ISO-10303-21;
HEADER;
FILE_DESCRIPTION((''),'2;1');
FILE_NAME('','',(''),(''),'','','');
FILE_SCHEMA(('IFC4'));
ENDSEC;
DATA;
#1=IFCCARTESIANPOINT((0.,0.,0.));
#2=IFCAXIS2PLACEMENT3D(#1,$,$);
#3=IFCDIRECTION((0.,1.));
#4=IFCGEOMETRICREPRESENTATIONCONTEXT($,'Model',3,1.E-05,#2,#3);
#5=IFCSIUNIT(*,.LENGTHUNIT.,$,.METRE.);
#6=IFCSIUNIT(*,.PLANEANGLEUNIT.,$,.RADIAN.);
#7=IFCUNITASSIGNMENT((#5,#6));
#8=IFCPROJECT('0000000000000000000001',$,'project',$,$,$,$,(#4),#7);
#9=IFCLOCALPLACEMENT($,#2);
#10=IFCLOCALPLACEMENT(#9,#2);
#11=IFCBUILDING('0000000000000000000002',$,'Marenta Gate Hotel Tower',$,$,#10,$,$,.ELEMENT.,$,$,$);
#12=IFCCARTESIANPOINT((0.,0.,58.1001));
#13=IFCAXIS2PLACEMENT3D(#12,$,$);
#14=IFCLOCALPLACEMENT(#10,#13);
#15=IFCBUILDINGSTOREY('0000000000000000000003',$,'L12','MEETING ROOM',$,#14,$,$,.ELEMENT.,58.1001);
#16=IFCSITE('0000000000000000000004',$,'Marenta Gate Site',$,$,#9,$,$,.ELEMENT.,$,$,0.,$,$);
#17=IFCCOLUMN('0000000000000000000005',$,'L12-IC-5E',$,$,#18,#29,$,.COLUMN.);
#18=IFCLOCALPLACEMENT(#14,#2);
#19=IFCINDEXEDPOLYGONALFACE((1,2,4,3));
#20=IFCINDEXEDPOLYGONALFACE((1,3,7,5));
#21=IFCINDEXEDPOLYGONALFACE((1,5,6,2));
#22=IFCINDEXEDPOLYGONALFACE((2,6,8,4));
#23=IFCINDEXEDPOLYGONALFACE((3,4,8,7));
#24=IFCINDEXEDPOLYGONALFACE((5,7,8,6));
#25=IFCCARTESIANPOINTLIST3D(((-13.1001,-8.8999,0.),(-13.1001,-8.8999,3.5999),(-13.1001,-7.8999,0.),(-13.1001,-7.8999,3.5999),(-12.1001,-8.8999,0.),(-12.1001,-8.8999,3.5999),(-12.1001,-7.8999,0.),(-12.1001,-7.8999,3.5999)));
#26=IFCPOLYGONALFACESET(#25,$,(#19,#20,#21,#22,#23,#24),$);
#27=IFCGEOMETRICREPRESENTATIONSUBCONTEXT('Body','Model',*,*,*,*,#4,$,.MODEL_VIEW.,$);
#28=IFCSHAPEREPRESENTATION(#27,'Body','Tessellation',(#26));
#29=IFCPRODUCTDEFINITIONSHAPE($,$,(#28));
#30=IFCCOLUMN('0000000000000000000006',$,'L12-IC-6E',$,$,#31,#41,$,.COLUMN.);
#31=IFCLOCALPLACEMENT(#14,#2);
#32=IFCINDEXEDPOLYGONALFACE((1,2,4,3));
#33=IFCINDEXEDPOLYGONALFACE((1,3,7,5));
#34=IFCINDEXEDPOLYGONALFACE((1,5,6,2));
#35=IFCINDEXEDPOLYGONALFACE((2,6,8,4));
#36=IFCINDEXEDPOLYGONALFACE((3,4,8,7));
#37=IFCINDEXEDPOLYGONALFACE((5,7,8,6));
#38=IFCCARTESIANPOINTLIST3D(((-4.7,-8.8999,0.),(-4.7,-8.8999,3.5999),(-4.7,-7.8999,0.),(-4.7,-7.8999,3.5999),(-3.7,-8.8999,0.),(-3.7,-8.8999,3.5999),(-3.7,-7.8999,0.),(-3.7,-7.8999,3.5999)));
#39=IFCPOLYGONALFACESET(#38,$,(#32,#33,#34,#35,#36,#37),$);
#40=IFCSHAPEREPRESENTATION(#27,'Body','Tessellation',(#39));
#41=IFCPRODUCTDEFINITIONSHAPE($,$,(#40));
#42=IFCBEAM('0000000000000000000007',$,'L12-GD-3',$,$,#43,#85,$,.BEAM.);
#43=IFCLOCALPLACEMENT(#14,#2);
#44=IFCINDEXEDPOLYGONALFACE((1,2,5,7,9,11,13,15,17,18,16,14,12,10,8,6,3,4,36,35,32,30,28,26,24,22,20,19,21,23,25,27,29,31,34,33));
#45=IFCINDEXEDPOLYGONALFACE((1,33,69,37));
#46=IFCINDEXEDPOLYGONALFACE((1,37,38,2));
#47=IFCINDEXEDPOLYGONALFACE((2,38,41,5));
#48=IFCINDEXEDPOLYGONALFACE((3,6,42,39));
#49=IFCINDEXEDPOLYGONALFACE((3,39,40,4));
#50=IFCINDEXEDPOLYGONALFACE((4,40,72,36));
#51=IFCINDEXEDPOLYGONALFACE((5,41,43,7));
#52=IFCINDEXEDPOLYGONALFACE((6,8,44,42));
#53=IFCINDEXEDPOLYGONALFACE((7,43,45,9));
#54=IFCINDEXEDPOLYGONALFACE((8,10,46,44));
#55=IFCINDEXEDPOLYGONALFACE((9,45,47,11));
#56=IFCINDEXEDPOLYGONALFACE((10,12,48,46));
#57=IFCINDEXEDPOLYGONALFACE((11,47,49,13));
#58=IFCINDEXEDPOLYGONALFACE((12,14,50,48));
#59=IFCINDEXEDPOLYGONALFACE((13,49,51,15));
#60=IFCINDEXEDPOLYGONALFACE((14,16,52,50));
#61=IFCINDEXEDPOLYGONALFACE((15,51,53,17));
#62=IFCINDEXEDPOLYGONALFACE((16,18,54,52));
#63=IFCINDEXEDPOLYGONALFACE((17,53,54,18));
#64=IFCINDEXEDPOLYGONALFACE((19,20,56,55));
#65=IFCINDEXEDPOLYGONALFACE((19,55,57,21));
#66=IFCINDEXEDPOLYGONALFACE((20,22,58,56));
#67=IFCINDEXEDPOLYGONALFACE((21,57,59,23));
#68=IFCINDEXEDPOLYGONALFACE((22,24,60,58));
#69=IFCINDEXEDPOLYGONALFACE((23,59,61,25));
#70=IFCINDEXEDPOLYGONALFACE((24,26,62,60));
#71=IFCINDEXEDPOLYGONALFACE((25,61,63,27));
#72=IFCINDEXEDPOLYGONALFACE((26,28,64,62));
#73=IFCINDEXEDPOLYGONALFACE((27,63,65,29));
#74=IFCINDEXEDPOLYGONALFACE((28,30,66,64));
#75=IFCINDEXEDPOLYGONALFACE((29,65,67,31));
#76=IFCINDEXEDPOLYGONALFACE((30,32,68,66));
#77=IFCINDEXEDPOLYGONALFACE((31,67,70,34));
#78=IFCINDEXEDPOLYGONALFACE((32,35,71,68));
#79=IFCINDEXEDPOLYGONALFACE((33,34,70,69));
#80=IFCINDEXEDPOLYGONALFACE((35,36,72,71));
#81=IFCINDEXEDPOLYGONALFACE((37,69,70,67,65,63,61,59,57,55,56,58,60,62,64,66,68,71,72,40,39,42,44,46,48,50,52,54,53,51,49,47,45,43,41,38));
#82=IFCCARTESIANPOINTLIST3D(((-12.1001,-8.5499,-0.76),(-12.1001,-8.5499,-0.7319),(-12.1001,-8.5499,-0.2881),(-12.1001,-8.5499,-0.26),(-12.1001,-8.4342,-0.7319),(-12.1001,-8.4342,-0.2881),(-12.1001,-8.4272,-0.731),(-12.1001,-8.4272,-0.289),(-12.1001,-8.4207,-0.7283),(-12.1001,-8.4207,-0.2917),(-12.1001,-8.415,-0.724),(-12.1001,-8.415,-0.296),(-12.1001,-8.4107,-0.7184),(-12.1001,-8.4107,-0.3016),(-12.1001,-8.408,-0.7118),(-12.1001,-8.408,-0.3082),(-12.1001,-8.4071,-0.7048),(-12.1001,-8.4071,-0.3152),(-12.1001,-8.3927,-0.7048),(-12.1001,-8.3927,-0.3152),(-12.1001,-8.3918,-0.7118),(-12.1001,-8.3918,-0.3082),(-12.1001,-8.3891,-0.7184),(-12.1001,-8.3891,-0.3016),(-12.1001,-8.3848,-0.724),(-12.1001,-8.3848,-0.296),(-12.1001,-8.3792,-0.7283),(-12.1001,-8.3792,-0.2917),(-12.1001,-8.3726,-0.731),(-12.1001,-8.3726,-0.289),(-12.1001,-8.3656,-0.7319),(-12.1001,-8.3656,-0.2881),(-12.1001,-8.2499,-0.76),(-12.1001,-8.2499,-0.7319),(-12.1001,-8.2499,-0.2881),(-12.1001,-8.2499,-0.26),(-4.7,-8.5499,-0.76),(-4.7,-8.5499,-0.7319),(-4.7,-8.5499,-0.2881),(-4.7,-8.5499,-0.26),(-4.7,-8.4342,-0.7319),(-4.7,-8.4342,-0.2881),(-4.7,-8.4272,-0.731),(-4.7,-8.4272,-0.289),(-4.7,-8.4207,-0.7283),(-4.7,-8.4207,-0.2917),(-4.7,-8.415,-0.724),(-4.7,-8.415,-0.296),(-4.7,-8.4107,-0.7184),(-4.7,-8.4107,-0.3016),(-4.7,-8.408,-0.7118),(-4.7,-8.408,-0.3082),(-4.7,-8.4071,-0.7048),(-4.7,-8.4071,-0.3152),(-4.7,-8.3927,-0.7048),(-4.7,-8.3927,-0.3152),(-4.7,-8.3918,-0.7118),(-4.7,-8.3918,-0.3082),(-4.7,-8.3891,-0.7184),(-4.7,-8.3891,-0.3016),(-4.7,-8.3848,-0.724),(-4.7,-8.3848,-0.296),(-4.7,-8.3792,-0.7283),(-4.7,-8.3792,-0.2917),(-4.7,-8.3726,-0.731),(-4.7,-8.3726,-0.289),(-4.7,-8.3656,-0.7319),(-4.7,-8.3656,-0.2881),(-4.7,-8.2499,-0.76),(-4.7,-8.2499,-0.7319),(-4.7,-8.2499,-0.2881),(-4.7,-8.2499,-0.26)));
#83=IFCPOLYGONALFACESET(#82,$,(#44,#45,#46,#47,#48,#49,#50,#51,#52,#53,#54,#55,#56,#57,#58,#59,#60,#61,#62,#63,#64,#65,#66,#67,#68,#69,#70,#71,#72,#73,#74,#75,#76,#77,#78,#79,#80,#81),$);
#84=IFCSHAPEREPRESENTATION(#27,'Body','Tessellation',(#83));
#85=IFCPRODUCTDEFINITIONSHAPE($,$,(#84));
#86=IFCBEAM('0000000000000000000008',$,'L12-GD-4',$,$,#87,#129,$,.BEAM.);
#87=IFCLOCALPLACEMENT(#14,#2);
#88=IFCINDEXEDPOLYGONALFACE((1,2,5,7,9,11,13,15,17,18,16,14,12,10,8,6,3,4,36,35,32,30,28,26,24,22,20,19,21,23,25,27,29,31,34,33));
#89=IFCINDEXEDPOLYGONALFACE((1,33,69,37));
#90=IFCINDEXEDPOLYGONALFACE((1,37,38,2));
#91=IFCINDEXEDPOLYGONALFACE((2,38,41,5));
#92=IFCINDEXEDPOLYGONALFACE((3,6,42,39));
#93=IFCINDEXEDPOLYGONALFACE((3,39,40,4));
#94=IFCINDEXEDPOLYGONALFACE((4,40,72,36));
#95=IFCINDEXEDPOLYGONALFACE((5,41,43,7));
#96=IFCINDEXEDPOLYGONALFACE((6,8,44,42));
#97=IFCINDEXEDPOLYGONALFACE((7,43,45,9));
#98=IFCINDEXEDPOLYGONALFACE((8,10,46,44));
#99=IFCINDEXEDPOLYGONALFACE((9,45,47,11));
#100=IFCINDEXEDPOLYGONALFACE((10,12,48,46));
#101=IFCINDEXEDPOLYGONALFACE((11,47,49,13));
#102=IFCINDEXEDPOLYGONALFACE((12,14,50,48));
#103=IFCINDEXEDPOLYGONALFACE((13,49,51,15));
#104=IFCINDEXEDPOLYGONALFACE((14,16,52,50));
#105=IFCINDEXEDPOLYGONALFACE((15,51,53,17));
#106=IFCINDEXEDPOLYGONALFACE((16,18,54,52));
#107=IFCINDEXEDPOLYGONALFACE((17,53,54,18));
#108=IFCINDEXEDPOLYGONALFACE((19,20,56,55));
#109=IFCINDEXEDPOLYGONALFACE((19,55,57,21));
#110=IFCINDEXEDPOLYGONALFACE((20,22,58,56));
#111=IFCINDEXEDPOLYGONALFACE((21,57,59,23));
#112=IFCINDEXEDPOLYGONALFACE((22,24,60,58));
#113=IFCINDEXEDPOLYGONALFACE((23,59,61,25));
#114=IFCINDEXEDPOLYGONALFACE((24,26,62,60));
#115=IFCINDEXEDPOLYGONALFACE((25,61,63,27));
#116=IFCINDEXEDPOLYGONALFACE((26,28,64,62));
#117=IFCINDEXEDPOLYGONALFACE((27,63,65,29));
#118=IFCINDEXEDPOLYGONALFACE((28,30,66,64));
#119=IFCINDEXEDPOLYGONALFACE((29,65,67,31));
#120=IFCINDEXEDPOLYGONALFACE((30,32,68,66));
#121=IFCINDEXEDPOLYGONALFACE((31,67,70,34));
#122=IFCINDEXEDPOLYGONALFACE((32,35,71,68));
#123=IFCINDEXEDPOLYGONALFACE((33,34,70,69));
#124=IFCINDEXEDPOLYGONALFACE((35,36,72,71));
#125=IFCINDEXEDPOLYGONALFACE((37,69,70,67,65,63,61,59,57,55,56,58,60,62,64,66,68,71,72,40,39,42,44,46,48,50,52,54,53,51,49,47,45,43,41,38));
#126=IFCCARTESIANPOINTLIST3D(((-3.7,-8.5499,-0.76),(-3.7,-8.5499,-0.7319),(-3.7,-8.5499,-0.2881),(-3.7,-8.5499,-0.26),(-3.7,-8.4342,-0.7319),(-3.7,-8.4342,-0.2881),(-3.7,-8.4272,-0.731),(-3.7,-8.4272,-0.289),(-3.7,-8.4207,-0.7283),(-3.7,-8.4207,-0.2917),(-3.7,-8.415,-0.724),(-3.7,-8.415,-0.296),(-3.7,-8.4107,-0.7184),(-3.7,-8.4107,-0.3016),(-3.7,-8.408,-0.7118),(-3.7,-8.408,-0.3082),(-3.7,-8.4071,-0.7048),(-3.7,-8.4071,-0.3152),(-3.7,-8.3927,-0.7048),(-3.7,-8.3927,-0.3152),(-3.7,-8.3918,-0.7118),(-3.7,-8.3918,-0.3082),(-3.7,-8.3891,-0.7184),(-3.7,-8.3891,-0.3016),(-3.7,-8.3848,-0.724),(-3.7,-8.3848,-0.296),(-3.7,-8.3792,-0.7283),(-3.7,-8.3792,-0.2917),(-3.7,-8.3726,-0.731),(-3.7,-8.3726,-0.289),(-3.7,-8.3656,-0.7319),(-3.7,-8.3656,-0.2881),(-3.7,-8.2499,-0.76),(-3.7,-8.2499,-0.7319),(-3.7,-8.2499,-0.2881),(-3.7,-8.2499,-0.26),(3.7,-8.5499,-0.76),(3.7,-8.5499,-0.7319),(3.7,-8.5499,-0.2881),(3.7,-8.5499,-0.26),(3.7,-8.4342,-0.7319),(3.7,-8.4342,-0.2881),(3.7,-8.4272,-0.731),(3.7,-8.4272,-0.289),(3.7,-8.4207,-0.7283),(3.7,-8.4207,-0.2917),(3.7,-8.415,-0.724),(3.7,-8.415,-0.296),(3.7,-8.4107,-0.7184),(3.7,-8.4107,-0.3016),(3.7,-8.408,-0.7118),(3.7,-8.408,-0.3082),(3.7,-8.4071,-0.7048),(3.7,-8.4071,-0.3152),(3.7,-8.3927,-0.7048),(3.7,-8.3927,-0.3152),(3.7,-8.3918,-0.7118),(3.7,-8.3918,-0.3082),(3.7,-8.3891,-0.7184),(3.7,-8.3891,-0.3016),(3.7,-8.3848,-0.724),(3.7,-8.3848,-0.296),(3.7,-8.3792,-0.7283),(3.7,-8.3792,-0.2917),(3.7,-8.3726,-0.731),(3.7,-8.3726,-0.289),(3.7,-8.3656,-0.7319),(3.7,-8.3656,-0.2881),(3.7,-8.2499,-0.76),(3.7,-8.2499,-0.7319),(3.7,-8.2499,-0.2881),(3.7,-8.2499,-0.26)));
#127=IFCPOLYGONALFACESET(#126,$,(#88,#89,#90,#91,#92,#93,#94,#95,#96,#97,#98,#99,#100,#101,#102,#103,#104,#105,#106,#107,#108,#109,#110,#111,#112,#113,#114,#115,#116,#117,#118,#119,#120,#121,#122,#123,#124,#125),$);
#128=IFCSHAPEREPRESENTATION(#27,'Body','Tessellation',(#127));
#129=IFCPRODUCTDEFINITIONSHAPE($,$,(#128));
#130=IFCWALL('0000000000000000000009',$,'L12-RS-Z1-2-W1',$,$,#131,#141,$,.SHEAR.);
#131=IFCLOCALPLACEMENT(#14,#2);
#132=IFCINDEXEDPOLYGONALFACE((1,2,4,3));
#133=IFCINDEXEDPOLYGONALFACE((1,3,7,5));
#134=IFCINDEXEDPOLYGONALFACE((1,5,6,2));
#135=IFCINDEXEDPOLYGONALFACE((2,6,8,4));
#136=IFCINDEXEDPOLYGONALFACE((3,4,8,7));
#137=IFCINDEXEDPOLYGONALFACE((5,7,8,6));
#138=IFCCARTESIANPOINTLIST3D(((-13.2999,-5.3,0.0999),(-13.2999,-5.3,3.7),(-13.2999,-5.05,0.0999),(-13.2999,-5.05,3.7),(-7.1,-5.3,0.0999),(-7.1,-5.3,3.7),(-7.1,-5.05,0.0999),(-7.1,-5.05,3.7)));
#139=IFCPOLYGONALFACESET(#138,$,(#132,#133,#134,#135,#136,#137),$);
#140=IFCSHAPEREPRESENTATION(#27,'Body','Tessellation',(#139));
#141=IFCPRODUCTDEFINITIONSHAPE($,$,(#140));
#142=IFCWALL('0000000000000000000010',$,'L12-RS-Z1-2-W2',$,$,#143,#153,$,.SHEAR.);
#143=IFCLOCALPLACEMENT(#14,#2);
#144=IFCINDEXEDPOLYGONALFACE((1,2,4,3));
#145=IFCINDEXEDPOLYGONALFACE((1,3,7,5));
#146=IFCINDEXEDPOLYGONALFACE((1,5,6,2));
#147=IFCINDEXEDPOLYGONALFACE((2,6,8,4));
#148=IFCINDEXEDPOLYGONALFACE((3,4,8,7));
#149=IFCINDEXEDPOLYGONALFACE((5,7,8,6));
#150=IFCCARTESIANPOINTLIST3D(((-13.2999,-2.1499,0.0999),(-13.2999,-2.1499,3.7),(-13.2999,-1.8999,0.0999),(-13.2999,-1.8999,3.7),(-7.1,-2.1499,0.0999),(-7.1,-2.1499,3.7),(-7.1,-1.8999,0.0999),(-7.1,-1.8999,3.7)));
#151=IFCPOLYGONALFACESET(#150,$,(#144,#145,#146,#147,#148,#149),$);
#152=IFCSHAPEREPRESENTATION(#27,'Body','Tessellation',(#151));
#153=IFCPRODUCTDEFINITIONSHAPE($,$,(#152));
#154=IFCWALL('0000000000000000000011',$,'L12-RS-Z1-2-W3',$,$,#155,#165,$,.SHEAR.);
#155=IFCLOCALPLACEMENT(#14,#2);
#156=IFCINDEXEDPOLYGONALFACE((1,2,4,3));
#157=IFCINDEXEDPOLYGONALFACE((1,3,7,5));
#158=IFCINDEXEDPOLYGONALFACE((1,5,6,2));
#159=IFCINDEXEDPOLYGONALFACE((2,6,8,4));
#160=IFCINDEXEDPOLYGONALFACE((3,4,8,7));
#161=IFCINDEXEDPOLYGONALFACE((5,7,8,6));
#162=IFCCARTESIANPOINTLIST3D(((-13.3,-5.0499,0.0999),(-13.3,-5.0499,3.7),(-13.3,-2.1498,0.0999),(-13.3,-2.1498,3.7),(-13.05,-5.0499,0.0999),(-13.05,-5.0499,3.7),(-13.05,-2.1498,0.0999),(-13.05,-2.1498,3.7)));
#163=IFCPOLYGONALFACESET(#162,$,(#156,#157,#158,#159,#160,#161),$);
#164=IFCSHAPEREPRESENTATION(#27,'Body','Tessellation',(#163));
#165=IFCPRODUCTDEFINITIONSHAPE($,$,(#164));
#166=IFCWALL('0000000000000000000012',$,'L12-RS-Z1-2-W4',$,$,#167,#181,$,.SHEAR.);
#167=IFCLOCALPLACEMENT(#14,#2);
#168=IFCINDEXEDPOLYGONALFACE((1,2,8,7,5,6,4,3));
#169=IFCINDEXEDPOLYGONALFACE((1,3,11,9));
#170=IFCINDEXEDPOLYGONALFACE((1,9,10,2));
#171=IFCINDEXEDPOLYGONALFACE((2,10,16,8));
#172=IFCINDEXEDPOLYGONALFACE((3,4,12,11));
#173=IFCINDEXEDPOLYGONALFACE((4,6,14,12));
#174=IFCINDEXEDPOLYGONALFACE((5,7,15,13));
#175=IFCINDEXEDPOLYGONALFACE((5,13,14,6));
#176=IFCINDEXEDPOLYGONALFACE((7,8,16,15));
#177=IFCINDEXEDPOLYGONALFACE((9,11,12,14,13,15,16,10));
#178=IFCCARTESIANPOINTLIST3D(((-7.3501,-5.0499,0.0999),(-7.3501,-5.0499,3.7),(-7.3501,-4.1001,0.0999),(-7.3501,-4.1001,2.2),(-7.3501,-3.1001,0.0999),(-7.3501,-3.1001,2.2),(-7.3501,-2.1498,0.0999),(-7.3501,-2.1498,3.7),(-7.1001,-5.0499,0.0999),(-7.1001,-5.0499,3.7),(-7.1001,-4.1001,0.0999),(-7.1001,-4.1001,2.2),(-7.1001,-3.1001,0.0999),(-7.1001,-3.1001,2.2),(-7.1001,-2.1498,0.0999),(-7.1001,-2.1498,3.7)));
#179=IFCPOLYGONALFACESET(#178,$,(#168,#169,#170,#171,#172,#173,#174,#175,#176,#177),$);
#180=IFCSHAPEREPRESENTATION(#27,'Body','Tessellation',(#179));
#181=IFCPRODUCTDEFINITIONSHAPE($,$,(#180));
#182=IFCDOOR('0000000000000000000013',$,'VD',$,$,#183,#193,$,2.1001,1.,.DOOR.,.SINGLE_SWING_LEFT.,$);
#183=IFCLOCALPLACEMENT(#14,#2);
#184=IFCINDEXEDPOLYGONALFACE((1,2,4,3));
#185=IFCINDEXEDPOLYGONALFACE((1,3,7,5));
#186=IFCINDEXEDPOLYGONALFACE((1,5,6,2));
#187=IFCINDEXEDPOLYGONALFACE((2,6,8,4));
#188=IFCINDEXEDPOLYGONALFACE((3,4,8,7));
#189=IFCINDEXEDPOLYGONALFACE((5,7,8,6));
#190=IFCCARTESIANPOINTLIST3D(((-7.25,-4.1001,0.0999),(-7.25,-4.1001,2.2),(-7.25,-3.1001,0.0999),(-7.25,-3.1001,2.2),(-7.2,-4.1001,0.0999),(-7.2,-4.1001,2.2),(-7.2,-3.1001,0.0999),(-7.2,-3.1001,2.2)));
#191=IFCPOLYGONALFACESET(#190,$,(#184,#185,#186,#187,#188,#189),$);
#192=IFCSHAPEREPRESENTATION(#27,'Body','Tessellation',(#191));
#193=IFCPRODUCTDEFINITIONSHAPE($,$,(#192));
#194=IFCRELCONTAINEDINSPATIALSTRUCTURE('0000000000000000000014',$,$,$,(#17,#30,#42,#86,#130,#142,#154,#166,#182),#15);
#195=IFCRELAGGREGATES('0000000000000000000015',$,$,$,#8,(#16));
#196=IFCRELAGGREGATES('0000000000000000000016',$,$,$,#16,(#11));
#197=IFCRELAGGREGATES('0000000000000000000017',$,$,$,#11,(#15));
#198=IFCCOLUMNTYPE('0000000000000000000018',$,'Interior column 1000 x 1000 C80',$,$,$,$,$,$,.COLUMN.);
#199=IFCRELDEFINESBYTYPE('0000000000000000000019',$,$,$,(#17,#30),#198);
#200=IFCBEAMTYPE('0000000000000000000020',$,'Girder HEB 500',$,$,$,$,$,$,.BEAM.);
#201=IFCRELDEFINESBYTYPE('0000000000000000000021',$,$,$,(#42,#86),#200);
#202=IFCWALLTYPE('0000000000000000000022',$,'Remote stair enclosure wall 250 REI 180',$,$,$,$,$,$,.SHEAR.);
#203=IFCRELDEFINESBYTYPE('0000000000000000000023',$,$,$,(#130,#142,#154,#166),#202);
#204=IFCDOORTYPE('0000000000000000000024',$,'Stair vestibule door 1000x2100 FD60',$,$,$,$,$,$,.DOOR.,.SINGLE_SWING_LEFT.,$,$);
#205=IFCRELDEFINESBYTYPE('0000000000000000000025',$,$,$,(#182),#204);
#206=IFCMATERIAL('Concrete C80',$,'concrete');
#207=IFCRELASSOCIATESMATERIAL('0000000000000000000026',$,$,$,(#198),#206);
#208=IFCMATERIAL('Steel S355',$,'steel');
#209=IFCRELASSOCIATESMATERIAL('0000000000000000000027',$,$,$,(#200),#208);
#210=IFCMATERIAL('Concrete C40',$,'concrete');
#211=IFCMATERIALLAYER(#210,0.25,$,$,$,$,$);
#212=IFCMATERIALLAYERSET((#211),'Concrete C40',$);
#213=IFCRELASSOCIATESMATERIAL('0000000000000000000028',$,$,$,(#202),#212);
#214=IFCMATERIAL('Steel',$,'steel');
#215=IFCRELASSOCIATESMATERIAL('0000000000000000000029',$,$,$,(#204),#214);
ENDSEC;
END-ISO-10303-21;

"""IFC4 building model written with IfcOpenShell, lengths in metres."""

from ifc_helpers import new_model, si_unit, direction, frame, frame_2d, origin, origin_2d, place, context, subcontext, project, spatial, rectangle, i_section, extrude, material, layer, layer_set, material_profile, profile_set, type_object, element, fill, save


model = new_model("IFC4")

# Units and contexts
model_context = context("Model", 3, precision=1e-05, world=origin(), true_north=direction((0.0, 1.0)))
body_context = subcontext(model_context, "Body", "Model", "MODEL_VIEW")
ifc_project = project(units=[si_unit("LENGTHUNIT", "METRE"), si_unit("PLANEANGLEUNIT", "RADIAN")], contexts=[model_context])

# Site, building, storey
site_placement = place(None, origin())
site = spatial("IfcSite", under=ifc_project, at=site_placement, Name="Marenta Gate Site", CompositionType="ELEMENT", RefElevation=0.0)
building_placement = place(site_placement, origin())
building = spatial("IfcBuilding", under=site, at=building_placement, Name="Marenta Gate Hotel Tower", CompositionType="ELEMENT")
storey_placement = place(building_placement, frame((0.0, 0.0, 58.1001)))
storey = spatial("IfcBuildingStorey", under=building, at=storey_placement, Name="L12", Description="MEETING ROOM", CompositionType="ELEMENT", Elevation=58.1001)

# Columns
ifc_material_1 = material(Name="Concrete C80", Category="concrete")
ifc_material_profile_1 = material_profile(ifc_material_1, rectangle(XDim=1.0, YDim=1.0, at=origin_2d()), Name="1000 x 1000")
ifc_profile_set_1 = profile_set([ifc_material_profile_1], Name="Concrete C80")
column_type = type_object("IfcColumnType", Name="Interior column 1000 x 1000 C80", PredefinedType="COLUMN", material=ifc_profile_set_1)
for number, where, z_axis, x_axis, name in (
    (1, (-12.6001, -8.3999, 0.0), (0.0, 0.0, 1.0), (1.0, 0.0, 0.0), "L12-IC-5E"),
    (2, (-4.2, -8.3999, 0.0), (0.0, 0.0, 1.0), (1.0, 0.0, 0.0), "L12-IC-6E"),
):
    element("IfcColumn", number, at=place(storey_placement, frame(where, z_axis=z_axis, x_axis=x_axis)), inside=storey, type_object=column_type, Name=name, PredefinedType="COLUMN", context=body_context, shape_type="SweptSolid", body=[
        extrude(rectangle(XDim=1.0, YDim=1.0, at=origin_2d()), origin(), (0.0, 0.0, 1.0), 3.5999),
    ])

# Beams
ifc_material_2 = material(Name="Steel S355", Category="steel")
ifc_material_profile_2 = material_profile(ifc_material_2, i_section(OverallWidth=0.3, OverallDepth=0.5, WebThickness=0.0144, FlangeThickness=0.0281, FilletRadius=0.0271, at=origin_2d()), Name="HEB 500")
ifc_profile_set_2 = profile_set([ifc_material_profile_2], Name="Steel S355")
beam_type = type_object("IfcBeamType", Name="Girder HEB 500", PredefinedType="BEAM", material=ifc_profile_set_2)
beam_1_placement = place(storey_placement, frame((-12.1001, -8.3999, -0.51), z_axis=(1.0, 0.0, 0.0), x_axis=(0.0, 1.0, 0.0)))
element("IfcBeam", 3, at=beam_1_placement, inside=storey, type_object=beam_type, Name="L12-GD-3", PredefinedType="BEAM", context=body_context, shape_type="SweptSolid", body=[
    extrude(i_section(OverallWidth=0.3, OverallDepth=0.5, WebThickness=0.0144, FlangeThickness=0.0281, FilletRadius=0.0271, at=origin_2d()), origin(), (0.0, 0.0, 1.0), 7.4001),
])
beam_2_placement = place(storey_placement, frame((-3.7, -8.3999, -0.51), z_axis=(1.0, 0.0, 0.0), x_axis=(0.0, 1.0, 0.0)))
element("IfcBeam", 4, at=beam_2_placement, inside=storey, type_object=beam_type, Name="L12-GD-4", PredefinedType="BEAM", context=body_context, shape_type="SweptSolid", body=[
    extrude(i_section(OverallWidth=0.3, OverallDepth=0.5, WebThickness=0.0144, FlangeThickness=0.0281, FilletRadius=0.0271, at=origin_2d()), origin(), (0.0, 0.0, 1.0), 7.3999),
])

# Walls
ifc_material_3 = material(Name="Concrete C40", Category="concrete")
ifc_layer_1 = layer(ifc_material_3, 0.25)
ifc_layer_set_1 = layer_set([ifc_layer_1], Name="Concrete C40")
wall_type_1 = type_object("IfcWallType", Name="Remote stair enclosure wall 250 REI 180", PredefinedType="SHEAR", material=ifc_layer_set_1)
for number, where, z_axis, x_axis, name in (
    (5, (-13.3, -5.175, 0.0999), (0.0, 0.0, 1.0), (1.0, 0.0, 0.0), "L12-RS-Z1-2-W1"),
    (6, (-13.3, -2.0249, 0.0999), (0.0, 0.0, 1.0), (1.0, 0.0, 0.0), "L12-RS-Z1-2-W2"),
):
    element("IfcWall", number, at=place(storey_placement, frame(where, z_axis=z_axis, x_axis=x_axis)), inside=storey, type_object=wall_type_1, Name=name, PredefinedType="SHEAR", context=body_context, shape_type="SweptSolid", body=[
        extrude(rectangle(XDim=6.2, YDim=0.25, at=frame_2d((3.1001, 0.0))), origin(), (0.0, 0.0, 1.0), 3.6001),
    ])
wall_1_placement = place(storey_placement, frame((-13.175, -5.05, 0.0999), z_axis=(0.0, 0.0, 1.0), x_axis=(0.0, 1.0, 0.0)))
element("IfcWall", 7, at=wall_1_placement, inside=storey, type_object=wall_type_1, Name="L12-RS-Z1-2-W3", PredefinedType="SHEAR", context=body_context, shape_type="SweptSolid", body=[
    extrude(rectangle(XDim=2.9001, YDim=0.25, at=frame_2d((1.4502, 0.0))), origin(), (0.0, 0.0, 1.0), 3.6001),
])

# Wall, opening, door
wall_2_placement = place(storey_placement, frame((-7.2251, -5.05, 0.0999), z_axis=(0.0, 0.0, 1.0), x_axis=(0.0, 1.0, 0.0)))
wall_2 = element("IfcWall", 8, at=wall_2_placement, inside=storey, type_object=wall_type_1, Name="L12-RS-Z1-2-W4", PredefinedType="SHEAR", context=body_context, shape_type="SweptSolid", body=[
    extrude(rectangle(XDim=2.9001, YDim=0.25, at=frame_2d((1.4502, 0.0))), origin(), (0.0, 0.0, 1.0), 3.6001),
])
opening_1_placement = place(wall_2_placement, frame((0.95, 0.0, 0.0)))
opening_1 = element("IfcOpeningElement", 9, at=opening_1_placement, cuts=wall_2, PredefinedType="OPENING", context=body_context, shape_type="SweptSolid", body=[
    extrude(rectangle(XDim=1.0, YDim=2.1001, at=frame_2d((0.5, 1.05))), frame((0.0, 0.125, 0.0), z_axis=(0.0, -1.0, 0.0), x_axis=(1.0, 0.0, 0.0)), (0.0, 0.0, 1.0), 0.25),
])
ifc_material_4 = material(Name="Steel", Category="steel")
door_type_1 = type_object("IfcDoorType", Name="Stair vestibule door 1000x2100 FD60", OperationType="SINGLE_SWING_LEFT", PredefinedType="DOOR", material=ifc_material_4)
door_1_placement = place(opening_1_placement, origin())
door_1 = element("IfcDoor", 10, at=door_1_placement, inside=storey, type_object=door_type_1, Name="VD", OperationType="SINGLE_SWING_LEFT", OverallHeight=2.1001, OverallWidth=1.0, PredefinedType="DOOR", context=body_context, shape_type="SweptSolid", body=[
    extrude(rectangle(XDim=1.0, YDim=2.1001, at=frame_2d((0.5, 1.05))), frame((0.0, 0.0249, 0.0), z_axis=(0.0, -1.0, 0.0), x_axis=(1.0, 0.0, 0.0)), (0.0, 0.0, 1.0), 0.05),
])
fill(opening_1, door_1)

save(model, "model.ifc")
